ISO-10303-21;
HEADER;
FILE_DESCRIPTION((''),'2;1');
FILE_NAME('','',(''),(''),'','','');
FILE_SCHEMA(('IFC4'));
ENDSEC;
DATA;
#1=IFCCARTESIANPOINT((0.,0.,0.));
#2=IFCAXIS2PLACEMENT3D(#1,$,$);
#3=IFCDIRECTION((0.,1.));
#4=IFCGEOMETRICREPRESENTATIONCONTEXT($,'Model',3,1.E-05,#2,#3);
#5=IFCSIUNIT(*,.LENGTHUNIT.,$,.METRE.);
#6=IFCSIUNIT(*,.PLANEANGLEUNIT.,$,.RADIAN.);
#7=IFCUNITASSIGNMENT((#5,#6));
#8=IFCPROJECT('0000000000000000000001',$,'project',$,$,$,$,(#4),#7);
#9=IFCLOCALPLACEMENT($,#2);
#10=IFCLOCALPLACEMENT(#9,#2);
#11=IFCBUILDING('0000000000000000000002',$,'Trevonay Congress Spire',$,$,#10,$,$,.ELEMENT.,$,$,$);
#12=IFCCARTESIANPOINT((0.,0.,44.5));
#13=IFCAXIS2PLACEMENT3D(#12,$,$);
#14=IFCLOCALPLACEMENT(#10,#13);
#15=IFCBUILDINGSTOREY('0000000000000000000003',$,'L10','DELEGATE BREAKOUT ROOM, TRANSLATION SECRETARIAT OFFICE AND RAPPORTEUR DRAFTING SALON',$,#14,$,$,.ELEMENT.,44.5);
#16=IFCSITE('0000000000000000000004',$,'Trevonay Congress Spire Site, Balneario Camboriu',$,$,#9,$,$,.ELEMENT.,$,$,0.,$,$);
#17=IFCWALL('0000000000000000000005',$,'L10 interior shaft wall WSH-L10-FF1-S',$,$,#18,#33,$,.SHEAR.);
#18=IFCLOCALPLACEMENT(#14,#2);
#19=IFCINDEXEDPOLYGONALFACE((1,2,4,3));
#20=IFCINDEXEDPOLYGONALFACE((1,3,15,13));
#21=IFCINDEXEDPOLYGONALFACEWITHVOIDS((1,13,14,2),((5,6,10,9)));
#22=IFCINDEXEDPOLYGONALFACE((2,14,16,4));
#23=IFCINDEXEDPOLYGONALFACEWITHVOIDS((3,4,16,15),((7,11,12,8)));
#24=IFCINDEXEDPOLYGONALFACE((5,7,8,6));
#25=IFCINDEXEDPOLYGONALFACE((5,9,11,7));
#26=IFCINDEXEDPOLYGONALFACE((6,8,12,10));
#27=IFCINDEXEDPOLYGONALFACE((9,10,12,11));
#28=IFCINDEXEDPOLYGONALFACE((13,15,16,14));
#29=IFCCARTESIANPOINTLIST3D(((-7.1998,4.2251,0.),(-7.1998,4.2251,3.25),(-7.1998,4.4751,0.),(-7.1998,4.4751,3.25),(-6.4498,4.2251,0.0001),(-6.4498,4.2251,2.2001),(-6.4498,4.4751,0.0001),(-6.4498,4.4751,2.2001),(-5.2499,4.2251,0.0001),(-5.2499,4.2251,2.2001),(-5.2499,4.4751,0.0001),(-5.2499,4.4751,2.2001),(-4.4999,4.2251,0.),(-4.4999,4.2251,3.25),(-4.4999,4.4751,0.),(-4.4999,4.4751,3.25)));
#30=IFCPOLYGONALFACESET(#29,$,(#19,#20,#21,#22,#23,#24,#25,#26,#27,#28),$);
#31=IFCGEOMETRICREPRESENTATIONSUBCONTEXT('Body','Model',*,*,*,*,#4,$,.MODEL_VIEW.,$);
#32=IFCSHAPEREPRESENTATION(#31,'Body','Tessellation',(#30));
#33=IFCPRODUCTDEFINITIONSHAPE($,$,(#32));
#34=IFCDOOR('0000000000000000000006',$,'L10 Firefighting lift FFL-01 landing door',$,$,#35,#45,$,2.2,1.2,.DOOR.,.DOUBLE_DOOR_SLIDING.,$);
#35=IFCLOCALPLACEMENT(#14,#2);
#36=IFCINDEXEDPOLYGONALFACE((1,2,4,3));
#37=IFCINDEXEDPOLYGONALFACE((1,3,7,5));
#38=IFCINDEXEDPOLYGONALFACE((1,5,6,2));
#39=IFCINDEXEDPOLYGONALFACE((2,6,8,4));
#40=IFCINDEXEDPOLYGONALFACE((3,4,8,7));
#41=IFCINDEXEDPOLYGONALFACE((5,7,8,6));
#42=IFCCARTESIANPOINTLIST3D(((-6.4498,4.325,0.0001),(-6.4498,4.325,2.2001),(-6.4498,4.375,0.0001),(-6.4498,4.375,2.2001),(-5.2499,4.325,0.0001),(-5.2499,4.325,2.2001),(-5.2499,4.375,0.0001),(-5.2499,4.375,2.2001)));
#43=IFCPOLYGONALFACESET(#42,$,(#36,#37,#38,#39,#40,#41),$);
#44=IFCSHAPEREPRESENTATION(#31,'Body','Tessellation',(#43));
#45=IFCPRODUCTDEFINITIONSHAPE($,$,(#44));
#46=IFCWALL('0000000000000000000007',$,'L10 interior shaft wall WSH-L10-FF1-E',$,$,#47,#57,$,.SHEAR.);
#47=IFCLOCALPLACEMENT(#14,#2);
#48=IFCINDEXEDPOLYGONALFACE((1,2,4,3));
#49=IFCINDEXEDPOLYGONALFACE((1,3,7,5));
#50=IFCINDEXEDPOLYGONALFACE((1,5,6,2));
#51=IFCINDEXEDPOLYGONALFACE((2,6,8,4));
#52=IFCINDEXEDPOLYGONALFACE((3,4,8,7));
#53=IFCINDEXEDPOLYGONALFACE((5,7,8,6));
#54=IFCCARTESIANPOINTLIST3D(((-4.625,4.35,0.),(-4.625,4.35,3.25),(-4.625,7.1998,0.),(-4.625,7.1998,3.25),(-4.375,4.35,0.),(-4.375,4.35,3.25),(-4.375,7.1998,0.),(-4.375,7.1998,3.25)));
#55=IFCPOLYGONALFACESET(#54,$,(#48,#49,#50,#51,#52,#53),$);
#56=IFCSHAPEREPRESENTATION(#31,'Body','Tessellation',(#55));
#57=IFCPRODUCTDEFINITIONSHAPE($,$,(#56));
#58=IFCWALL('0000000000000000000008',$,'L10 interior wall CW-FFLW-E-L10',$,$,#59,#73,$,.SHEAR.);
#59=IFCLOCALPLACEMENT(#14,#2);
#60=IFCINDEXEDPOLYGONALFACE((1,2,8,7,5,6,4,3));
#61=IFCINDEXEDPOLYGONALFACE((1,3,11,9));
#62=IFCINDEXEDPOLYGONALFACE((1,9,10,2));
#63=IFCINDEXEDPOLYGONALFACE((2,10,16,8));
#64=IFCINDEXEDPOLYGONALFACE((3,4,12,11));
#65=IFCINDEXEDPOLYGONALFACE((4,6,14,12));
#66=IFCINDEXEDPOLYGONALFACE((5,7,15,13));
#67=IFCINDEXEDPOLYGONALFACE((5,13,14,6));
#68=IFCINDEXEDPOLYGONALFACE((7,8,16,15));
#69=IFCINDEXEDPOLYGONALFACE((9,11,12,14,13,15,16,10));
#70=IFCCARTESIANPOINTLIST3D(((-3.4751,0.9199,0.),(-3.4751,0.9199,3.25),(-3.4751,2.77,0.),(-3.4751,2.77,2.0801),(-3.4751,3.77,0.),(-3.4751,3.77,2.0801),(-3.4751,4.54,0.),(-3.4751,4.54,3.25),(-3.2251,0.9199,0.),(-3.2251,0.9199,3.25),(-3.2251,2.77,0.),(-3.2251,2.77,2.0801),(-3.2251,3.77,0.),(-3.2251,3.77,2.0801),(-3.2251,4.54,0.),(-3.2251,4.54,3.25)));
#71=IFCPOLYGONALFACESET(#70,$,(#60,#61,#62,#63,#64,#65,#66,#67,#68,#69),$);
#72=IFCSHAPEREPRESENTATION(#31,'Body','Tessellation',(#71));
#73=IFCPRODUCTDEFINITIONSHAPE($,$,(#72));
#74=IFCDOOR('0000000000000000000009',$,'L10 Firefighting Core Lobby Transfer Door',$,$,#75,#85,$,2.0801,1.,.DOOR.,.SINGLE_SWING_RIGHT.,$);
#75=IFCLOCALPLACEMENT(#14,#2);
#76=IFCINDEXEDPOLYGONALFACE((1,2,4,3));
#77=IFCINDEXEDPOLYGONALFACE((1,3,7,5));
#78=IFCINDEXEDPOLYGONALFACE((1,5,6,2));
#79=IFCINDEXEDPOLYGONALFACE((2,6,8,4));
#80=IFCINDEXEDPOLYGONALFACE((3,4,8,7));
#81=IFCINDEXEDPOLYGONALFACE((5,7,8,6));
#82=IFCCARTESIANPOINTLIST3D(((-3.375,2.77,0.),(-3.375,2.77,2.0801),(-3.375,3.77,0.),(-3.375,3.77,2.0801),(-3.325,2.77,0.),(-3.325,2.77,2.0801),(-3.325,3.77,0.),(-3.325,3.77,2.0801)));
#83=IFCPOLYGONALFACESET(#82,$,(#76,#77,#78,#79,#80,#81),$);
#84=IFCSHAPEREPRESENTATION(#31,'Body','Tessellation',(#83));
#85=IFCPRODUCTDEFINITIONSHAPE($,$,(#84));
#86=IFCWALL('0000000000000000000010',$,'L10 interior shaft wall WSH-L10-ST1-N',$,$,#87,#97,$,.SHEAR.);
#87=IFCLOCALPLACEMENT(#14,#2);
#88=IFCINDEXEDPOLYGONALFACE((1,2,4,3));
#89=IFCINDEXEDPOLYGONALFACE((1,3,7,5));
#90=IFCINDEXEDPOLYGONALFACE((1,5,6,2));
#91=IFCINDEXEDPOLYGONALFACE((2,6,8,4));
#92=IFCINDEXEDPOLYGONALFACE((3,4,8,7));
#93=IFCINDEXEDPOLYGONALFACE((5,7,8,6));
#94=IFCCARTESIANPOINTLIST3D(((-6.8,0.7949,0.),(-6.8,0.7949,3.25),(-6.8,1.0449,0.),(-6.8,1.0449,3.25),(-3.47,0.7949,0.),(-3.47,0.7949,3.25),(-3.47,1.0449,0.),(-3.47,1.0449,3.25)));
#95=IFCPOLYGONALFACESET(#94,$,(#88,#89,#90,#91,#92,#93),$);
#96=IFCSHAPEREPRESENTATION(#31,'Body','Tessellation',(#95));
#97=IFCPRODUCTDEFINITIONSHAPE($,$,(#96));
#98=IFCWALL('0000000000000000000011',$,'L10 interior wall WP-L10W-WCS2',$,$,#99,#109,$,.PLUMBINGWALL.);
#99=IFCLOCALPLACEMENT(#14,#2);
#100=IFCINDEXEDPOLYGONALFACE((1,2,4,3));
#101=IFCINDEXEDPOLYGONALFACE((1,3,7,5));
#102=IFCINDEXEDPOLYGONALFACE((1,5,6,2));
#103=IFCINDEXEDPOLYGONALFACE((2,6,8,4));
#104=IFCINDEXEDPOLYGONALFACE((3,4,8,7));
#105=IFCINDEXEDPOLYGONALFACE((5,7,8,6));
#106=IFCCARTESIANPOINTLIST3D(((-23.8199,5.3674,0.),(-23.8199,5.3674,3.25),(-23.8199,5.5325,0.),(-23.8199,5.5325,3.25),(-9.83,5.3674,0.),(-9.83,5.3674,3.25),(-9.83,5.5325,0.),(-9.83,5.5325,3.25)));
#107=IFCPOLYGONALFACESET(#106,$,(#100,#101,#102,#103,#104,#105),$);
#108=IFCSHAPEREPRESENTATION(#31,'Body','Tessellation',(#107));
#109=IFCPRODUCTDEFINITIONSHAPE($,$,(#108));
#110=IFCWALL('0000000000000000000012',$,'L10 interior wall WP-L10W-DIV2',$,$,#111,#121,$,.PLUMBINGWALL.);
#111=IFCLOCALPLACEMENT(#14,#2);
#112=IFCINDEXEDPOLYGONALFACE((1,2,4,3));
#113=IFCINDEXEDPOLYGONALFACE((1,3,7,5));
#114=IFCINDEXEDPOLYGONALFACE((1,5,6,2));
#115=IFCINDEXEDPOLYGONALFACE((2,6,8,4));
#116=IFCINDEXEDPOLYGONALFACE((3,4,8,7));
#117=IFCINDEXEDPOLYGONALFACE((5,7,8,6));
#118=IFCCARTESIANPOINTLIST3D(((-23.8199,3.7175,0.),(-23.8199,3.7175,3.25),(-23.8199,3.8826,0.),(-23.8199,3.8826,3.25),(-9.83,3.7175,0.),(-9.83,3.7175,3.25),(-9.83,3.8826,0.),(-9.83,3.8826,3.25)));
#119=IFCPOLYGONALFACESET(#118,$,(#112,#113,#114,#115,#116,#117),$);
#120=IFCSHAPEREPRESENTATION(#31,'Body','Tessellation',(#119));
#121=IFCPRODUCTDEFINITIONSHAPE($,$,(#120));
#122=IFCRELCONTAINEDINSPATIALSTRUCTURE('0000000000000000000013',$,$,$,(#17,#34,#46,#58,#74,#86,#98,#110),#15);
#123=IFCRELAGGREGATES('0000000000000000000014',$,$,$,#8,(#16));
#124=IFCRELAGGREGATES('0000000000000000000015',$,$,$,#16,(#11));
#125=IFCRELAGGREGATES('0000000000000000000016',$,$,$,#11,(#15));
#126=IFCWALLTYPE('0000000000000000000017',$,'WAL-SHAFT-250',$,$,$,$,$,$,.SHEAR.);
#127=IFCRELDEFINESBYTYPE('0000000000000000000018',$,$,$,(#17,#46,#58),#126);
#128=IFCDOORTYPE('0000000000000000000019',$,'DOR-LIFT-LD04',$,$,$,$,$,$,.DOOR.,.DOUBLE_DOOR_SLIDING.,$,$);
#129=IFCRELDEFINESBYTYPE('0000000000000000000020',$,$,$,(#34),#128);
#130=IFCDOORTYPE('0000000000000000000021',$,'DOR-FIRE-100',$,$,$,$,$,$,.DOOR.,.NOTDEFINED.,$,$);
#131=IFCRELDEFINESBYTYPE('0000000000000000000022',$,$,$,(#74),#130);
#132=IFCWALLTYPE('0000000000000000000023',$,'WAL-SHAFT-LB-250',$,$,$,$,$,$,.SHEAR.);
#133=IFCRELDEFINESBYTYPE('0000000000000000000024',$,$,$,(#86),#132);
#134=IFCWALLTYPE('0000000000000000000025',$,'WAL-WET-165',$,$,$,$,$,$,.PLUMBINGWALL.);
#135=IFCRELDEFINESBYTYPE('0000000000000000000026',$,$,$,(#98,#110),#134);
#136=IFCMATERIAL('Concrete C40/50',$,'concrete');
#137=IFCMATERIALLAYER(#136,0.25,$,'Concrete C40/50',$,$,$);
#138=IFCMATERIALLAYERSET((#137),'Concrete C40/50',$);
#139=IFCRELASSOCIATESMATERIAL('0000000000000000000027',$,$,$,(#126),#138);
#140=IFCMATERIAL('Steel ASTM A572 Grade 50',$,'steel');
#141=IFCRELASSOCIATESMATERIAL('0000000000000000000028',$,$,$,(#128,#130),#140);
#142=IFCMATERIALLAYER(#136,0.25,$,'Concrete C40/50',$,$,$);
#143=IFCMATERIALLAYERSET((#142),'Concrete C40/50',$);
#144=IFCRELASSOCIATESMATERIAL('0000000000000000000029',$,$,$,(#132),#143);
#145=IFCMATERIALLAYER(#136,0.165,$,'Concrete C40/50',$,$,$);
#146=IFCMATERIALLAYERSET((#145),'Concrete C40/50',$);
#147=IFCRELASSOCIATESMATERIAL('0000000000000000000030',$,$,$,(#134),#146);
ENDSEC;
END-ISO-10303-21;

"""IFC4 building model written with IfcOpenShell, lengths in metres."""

from ifc_helpers import new_model, si_unit, direction, frame, frame_2d, origin, place, context, subcontext, project, spatial, rectangle, extrude, material, layer, layer_set, type_object, element, fill, save


model = new_model("IFC4")

# Units and contexts
model_context = context("Model", 3, precision=1e-05, world=origin(), true_north=direction((0.0, 1.0)))
body_context = subcontext(model_context, "Body", "Model", "MODEL_VIEW")
ifc_project = project(units=[si_unit("LENGTHUNIT", "METRE"), si_unit("PLANEANGLEUNIT", "RADIAN")], contexts=[model_context])

# Site, building, storey
site_placement = place(None, origin())
site = spatial("IfcSite", under=ifc_project, at=site_placement, Name="Trevonay Congress Spire Site, Balneario Camboriu", CompositionType="ELEMENT", RefElevation=0.0)
building_placement = place(site_placement, origin())
building = spatial("IfcBuilding", under=site, at=building_placement, Name="Trevonay Congress Spire", CompositionType="ELEMENT")
storey_placement = place(building_placement, frame((0.0, 0.0, 44.5)))
storey = spatial("IfcBuildingStorey", under=building, at=storey_placement, Name="L10", Description="DELEGATE BREAKOUT ROOM, TRANSLATION SECRETARIAT OFFICE AND RAPPORTEUR DRAFTING SALON", CompositionType="ELEMENT", Elevation=44.5)

# Shared definitions
ifc_material_1 = material(Name="Steel ASTM A572 Grade 50", Category="steel")

# Shared definitions
ifc_material_2 = material(Name="Concrete C40/50", Category="concrete")

# Shared definitions
ifc_layer_1 = layer(ifc_material_2, 0.25, Name="Concrete C40/50")
ifc_layer_set_1 = layer_set([ifc_layer_1], Name="Concrete C40/50")
wall_type_1 = type_object("IfcWallType", Name="WAL-SHAFT-250", PredefinedType="SHEAR", material=ifc_layer_set_1)

# Wall, opening, door
wall_1_placement = place(storey_placement, frame((-7.2, 4.3501, 0.0), z_axis=(0.0, 0.0, 1.0), x_axis=(1.0, 0.0, 0.0)))
wall_1 = element("IfcWall", 1, at=wall_1_placement, inside=storey, type_object=wall_type_1, Name="L10 interior shaft wall WSH-L10-FF1-S", PredefinedType="SHEAR", context=body_context, shape_type="SweptSolid", body=[
    extrude(rectangle(XDim=2.7, YDim=0.25, at=frame_2d((1.3501, 0.0))), origin(), (0.0, 0.0, 1.0), 3.25),
])
opening_1_placement = place(wall_1_placement, frame((0.75, 0.0, 0.0)))
opening_1 = element("IfcOpeningElement", 2, at=opening_1_placement, cuts=wall_1, PredefinedType="OPENING", context=body_context, shape_type="SweptSolid", body=[
    extrude(rectangle(XDim=1.2, YDim=2.2, at=frame_2d((0.6001, 1.1001))), frame((0.0, 0.135, 0.0), z_axis=(0.0, -1.0, 0.0), x_axis=(1.0, 0.0, 0.0)), (0.0, 0.0, 1.0), 0.27),
])
door_type_1 = type_object("IfcDoorType", Name="DOR-LIFT-LD04", OperationType="DOUBLE_DOOR_SLIDING", PredefinedType="DOOR", material=ifc_material_1)
door_1_placement = place(opening_1_placement, origin())
door_1 = element("IfcDoor", 3, at=door_1_placement, inside=storey, type_object=door_type_1, Name="L10 Firefighting lift FFL-01 landing door", OperationType="DOUBLE_DOOR_SLIDING", OverallHeight=2.2, OverallWidth=1.2, PredefinedType="DOOR", context=body_context, shape_type="SweptSolid", body=[
    extrude(rectangle(XDim=1.2, YDim=2.2, at=frame_2d((0.6001, 1.1001))), frame((0.0, 0.0249, 0.0), z_axis=(0.0, -1.0, 0.0), x_axis=(1.0, 0.0, 0.0)), (0.0, 0.0, 1.0), 0.05),
])
fill(opening_1, door_1)

# Wall
wall_2_placement = place(storey_placement, frame((-4.5, 4.3501, 0.0), z_axis=(0.0, 0.0, 1.0), x_axis=(0.0, 1.0, 0.0)))
element("IfcWall", 4, at=wall_2_placement, inside=storey, type_object=wall_type_1, Name="L10 interior shaft wall WSH-L10-FF1-E", PredefinedType="SHEAR", context=body_context, shape_type="SweptSolid", body=[
    extrude(rectangle(XDim=2.8499, YDim=0.25, at=frame_2d((1.4248, 0.0))), origin(), (0.0, 0.0, 1.0), 3.25),
])

# Wall, opening, door
wall_3_placement = place(storey_placement, frame((-3.3501, 0.9199, 0.0), z_axis=(0.0, 0.0, 1.0), x_axis=(0.0, 1.0, 0.0)))
wall_3 = element("IfcWall", 5, at=wall_3_placement, inside=storey, type_object=wall_type_1, Name="L10 interior wall CW-FFLW-E-L10", PredefinedType="SHEAR", context=body_context, shape_type="SweptSolid", body=[
    extrude(rectangle(XDim=3.6201, YDim=0.25, at=frame_2d((1.8101, 0.0))), origin(), (0.0, 0.0, 1.0), 3.25),
])
opening_2_placement = place(wall_3_placement, frame((1.8501, 0.0, 0.0)))
opening_2 = element("IfcOpeningElement", 6, at=opening_2_placement, cuts=wall_3, PredefinedType="OPENING", context=body_context, shape_type="SweptSolid", body=[
    extrude(rectangle(XDim=1.0, YDim=2.0801, at=frame_2d((0.5, 1.04))), frame((0.0, 0.135, 0.0), z_axis=(0.0, -1.0, 0.0), x_axis=(1.0, 0.0, 0.0)), (0.0, 0.0, 1.0), 0.27),
])
door_type_2 = type_object("IfcDoorType", Name="DOR-FIRE-100", OperationType="NOTDEFINED", PredefinedType="DOOR", material=ifc_material_1)
door_2_placement = place(opening_2_placement, origin())
door_2 = element("IfcDoor", 7, at=door_2_placement, inside=storey, type_object=door_type_2, Name="L10 Firefighting Core Lobby Transfer Door", OperationType="SINGLE_SWING_RIGHT", OverallHeight=2.0801, OverallWidth=1.0, PredefinedType="DOOR", context=body_context, shape_type="SweptSolid", body=[
    extrude(rectangle(XDim=1.0, YDim=2.0801, at=frame_2d((0.5, 1.04))), frame((0.0, 0.0249, 0.0), z_axis=(0.0, -1.0, 0.0), x_axis=(1.0, 0.0, 0.0)), (0.0, 0.0, 1.0), 0.05),
])
fill(opening_2, door_2)

# Walls
ifc_layer_2 = layer(ifc_material_2, 0.25, Name="Concrete C40/50")
ifc_layer_set_2 = layer_set([ifc_layer_2], Name="Concrete C40/50")
wall_type_2 = type_object("IfcWallType", Name="WAL-SHAFT-LB-250", PredefinedType="SHEAR", material=ifc_layer_set_2)
wall_4_placement = place(storey_placement, frame((-6.8, 0.9199, 0.0), z_axis=(0.0, 0.0, 1.0), x_axis=(1.0, 0.0, 0.0)))
element("IfcWall", 8, at=wall_4_placement, inside=storey, type_object=wall_type_2, Name="L10 interior shaft wall WSH-L10-ST1-N", PredefinedType="SHEAR", context=body_context, shape_type="SweptSolid", body=[
    extrude(rectangle(XDim=3.3301, YDim=0.25, at=frame_2d((1.665, 0.0))), origin(), (0.0, 0.0, 1.0), 3.25),
])
ifc_layer_3 = layer(ifc_material_2, 0.165, Name="Concrete C40/50")
ifc_layer_set_3 = layer_set([ifc_layer_3], Name="Concrete C40/50")
wall_type_3 = type_object("IfcWallType", Name="WAL-WET-165", PredefinedType="PLUMBINGWALL", material=ifc_layer_set_3)
for number, where, z_axis, x_axis, name in (
    (9, (-23.8201, 5.45, 0.0), (0.0, 0.0, 1.0), (1.0, 0.0, 0.0), "L10 interior wall WP-L10W-WCS2"),
    (10, (-23.8201, 3.8, 0.0), (0.0, 0.0, 1.0), (1.0, 0.0, 0.0), "L10 interior wall WP-L10W-DIV2"),
):
    element("IfcWall", number, at=place(storey_placement, frame(where, z_axis=z_axis, x_axis=x_axis)), inside=storey, type_object=wall_type_3, Name=name, PredefinedType="PLUMBINGWALL", context=body_context, shape_type="SweptSolid", body=[
        extrude(rectangle(XDim=13.99, YDim=0.165, at=frame_2d((6.9951, 0.0))), origin(), (0.0, 0.0, 1.0), 3.25),
    ])

save(model, "model.ifc")
